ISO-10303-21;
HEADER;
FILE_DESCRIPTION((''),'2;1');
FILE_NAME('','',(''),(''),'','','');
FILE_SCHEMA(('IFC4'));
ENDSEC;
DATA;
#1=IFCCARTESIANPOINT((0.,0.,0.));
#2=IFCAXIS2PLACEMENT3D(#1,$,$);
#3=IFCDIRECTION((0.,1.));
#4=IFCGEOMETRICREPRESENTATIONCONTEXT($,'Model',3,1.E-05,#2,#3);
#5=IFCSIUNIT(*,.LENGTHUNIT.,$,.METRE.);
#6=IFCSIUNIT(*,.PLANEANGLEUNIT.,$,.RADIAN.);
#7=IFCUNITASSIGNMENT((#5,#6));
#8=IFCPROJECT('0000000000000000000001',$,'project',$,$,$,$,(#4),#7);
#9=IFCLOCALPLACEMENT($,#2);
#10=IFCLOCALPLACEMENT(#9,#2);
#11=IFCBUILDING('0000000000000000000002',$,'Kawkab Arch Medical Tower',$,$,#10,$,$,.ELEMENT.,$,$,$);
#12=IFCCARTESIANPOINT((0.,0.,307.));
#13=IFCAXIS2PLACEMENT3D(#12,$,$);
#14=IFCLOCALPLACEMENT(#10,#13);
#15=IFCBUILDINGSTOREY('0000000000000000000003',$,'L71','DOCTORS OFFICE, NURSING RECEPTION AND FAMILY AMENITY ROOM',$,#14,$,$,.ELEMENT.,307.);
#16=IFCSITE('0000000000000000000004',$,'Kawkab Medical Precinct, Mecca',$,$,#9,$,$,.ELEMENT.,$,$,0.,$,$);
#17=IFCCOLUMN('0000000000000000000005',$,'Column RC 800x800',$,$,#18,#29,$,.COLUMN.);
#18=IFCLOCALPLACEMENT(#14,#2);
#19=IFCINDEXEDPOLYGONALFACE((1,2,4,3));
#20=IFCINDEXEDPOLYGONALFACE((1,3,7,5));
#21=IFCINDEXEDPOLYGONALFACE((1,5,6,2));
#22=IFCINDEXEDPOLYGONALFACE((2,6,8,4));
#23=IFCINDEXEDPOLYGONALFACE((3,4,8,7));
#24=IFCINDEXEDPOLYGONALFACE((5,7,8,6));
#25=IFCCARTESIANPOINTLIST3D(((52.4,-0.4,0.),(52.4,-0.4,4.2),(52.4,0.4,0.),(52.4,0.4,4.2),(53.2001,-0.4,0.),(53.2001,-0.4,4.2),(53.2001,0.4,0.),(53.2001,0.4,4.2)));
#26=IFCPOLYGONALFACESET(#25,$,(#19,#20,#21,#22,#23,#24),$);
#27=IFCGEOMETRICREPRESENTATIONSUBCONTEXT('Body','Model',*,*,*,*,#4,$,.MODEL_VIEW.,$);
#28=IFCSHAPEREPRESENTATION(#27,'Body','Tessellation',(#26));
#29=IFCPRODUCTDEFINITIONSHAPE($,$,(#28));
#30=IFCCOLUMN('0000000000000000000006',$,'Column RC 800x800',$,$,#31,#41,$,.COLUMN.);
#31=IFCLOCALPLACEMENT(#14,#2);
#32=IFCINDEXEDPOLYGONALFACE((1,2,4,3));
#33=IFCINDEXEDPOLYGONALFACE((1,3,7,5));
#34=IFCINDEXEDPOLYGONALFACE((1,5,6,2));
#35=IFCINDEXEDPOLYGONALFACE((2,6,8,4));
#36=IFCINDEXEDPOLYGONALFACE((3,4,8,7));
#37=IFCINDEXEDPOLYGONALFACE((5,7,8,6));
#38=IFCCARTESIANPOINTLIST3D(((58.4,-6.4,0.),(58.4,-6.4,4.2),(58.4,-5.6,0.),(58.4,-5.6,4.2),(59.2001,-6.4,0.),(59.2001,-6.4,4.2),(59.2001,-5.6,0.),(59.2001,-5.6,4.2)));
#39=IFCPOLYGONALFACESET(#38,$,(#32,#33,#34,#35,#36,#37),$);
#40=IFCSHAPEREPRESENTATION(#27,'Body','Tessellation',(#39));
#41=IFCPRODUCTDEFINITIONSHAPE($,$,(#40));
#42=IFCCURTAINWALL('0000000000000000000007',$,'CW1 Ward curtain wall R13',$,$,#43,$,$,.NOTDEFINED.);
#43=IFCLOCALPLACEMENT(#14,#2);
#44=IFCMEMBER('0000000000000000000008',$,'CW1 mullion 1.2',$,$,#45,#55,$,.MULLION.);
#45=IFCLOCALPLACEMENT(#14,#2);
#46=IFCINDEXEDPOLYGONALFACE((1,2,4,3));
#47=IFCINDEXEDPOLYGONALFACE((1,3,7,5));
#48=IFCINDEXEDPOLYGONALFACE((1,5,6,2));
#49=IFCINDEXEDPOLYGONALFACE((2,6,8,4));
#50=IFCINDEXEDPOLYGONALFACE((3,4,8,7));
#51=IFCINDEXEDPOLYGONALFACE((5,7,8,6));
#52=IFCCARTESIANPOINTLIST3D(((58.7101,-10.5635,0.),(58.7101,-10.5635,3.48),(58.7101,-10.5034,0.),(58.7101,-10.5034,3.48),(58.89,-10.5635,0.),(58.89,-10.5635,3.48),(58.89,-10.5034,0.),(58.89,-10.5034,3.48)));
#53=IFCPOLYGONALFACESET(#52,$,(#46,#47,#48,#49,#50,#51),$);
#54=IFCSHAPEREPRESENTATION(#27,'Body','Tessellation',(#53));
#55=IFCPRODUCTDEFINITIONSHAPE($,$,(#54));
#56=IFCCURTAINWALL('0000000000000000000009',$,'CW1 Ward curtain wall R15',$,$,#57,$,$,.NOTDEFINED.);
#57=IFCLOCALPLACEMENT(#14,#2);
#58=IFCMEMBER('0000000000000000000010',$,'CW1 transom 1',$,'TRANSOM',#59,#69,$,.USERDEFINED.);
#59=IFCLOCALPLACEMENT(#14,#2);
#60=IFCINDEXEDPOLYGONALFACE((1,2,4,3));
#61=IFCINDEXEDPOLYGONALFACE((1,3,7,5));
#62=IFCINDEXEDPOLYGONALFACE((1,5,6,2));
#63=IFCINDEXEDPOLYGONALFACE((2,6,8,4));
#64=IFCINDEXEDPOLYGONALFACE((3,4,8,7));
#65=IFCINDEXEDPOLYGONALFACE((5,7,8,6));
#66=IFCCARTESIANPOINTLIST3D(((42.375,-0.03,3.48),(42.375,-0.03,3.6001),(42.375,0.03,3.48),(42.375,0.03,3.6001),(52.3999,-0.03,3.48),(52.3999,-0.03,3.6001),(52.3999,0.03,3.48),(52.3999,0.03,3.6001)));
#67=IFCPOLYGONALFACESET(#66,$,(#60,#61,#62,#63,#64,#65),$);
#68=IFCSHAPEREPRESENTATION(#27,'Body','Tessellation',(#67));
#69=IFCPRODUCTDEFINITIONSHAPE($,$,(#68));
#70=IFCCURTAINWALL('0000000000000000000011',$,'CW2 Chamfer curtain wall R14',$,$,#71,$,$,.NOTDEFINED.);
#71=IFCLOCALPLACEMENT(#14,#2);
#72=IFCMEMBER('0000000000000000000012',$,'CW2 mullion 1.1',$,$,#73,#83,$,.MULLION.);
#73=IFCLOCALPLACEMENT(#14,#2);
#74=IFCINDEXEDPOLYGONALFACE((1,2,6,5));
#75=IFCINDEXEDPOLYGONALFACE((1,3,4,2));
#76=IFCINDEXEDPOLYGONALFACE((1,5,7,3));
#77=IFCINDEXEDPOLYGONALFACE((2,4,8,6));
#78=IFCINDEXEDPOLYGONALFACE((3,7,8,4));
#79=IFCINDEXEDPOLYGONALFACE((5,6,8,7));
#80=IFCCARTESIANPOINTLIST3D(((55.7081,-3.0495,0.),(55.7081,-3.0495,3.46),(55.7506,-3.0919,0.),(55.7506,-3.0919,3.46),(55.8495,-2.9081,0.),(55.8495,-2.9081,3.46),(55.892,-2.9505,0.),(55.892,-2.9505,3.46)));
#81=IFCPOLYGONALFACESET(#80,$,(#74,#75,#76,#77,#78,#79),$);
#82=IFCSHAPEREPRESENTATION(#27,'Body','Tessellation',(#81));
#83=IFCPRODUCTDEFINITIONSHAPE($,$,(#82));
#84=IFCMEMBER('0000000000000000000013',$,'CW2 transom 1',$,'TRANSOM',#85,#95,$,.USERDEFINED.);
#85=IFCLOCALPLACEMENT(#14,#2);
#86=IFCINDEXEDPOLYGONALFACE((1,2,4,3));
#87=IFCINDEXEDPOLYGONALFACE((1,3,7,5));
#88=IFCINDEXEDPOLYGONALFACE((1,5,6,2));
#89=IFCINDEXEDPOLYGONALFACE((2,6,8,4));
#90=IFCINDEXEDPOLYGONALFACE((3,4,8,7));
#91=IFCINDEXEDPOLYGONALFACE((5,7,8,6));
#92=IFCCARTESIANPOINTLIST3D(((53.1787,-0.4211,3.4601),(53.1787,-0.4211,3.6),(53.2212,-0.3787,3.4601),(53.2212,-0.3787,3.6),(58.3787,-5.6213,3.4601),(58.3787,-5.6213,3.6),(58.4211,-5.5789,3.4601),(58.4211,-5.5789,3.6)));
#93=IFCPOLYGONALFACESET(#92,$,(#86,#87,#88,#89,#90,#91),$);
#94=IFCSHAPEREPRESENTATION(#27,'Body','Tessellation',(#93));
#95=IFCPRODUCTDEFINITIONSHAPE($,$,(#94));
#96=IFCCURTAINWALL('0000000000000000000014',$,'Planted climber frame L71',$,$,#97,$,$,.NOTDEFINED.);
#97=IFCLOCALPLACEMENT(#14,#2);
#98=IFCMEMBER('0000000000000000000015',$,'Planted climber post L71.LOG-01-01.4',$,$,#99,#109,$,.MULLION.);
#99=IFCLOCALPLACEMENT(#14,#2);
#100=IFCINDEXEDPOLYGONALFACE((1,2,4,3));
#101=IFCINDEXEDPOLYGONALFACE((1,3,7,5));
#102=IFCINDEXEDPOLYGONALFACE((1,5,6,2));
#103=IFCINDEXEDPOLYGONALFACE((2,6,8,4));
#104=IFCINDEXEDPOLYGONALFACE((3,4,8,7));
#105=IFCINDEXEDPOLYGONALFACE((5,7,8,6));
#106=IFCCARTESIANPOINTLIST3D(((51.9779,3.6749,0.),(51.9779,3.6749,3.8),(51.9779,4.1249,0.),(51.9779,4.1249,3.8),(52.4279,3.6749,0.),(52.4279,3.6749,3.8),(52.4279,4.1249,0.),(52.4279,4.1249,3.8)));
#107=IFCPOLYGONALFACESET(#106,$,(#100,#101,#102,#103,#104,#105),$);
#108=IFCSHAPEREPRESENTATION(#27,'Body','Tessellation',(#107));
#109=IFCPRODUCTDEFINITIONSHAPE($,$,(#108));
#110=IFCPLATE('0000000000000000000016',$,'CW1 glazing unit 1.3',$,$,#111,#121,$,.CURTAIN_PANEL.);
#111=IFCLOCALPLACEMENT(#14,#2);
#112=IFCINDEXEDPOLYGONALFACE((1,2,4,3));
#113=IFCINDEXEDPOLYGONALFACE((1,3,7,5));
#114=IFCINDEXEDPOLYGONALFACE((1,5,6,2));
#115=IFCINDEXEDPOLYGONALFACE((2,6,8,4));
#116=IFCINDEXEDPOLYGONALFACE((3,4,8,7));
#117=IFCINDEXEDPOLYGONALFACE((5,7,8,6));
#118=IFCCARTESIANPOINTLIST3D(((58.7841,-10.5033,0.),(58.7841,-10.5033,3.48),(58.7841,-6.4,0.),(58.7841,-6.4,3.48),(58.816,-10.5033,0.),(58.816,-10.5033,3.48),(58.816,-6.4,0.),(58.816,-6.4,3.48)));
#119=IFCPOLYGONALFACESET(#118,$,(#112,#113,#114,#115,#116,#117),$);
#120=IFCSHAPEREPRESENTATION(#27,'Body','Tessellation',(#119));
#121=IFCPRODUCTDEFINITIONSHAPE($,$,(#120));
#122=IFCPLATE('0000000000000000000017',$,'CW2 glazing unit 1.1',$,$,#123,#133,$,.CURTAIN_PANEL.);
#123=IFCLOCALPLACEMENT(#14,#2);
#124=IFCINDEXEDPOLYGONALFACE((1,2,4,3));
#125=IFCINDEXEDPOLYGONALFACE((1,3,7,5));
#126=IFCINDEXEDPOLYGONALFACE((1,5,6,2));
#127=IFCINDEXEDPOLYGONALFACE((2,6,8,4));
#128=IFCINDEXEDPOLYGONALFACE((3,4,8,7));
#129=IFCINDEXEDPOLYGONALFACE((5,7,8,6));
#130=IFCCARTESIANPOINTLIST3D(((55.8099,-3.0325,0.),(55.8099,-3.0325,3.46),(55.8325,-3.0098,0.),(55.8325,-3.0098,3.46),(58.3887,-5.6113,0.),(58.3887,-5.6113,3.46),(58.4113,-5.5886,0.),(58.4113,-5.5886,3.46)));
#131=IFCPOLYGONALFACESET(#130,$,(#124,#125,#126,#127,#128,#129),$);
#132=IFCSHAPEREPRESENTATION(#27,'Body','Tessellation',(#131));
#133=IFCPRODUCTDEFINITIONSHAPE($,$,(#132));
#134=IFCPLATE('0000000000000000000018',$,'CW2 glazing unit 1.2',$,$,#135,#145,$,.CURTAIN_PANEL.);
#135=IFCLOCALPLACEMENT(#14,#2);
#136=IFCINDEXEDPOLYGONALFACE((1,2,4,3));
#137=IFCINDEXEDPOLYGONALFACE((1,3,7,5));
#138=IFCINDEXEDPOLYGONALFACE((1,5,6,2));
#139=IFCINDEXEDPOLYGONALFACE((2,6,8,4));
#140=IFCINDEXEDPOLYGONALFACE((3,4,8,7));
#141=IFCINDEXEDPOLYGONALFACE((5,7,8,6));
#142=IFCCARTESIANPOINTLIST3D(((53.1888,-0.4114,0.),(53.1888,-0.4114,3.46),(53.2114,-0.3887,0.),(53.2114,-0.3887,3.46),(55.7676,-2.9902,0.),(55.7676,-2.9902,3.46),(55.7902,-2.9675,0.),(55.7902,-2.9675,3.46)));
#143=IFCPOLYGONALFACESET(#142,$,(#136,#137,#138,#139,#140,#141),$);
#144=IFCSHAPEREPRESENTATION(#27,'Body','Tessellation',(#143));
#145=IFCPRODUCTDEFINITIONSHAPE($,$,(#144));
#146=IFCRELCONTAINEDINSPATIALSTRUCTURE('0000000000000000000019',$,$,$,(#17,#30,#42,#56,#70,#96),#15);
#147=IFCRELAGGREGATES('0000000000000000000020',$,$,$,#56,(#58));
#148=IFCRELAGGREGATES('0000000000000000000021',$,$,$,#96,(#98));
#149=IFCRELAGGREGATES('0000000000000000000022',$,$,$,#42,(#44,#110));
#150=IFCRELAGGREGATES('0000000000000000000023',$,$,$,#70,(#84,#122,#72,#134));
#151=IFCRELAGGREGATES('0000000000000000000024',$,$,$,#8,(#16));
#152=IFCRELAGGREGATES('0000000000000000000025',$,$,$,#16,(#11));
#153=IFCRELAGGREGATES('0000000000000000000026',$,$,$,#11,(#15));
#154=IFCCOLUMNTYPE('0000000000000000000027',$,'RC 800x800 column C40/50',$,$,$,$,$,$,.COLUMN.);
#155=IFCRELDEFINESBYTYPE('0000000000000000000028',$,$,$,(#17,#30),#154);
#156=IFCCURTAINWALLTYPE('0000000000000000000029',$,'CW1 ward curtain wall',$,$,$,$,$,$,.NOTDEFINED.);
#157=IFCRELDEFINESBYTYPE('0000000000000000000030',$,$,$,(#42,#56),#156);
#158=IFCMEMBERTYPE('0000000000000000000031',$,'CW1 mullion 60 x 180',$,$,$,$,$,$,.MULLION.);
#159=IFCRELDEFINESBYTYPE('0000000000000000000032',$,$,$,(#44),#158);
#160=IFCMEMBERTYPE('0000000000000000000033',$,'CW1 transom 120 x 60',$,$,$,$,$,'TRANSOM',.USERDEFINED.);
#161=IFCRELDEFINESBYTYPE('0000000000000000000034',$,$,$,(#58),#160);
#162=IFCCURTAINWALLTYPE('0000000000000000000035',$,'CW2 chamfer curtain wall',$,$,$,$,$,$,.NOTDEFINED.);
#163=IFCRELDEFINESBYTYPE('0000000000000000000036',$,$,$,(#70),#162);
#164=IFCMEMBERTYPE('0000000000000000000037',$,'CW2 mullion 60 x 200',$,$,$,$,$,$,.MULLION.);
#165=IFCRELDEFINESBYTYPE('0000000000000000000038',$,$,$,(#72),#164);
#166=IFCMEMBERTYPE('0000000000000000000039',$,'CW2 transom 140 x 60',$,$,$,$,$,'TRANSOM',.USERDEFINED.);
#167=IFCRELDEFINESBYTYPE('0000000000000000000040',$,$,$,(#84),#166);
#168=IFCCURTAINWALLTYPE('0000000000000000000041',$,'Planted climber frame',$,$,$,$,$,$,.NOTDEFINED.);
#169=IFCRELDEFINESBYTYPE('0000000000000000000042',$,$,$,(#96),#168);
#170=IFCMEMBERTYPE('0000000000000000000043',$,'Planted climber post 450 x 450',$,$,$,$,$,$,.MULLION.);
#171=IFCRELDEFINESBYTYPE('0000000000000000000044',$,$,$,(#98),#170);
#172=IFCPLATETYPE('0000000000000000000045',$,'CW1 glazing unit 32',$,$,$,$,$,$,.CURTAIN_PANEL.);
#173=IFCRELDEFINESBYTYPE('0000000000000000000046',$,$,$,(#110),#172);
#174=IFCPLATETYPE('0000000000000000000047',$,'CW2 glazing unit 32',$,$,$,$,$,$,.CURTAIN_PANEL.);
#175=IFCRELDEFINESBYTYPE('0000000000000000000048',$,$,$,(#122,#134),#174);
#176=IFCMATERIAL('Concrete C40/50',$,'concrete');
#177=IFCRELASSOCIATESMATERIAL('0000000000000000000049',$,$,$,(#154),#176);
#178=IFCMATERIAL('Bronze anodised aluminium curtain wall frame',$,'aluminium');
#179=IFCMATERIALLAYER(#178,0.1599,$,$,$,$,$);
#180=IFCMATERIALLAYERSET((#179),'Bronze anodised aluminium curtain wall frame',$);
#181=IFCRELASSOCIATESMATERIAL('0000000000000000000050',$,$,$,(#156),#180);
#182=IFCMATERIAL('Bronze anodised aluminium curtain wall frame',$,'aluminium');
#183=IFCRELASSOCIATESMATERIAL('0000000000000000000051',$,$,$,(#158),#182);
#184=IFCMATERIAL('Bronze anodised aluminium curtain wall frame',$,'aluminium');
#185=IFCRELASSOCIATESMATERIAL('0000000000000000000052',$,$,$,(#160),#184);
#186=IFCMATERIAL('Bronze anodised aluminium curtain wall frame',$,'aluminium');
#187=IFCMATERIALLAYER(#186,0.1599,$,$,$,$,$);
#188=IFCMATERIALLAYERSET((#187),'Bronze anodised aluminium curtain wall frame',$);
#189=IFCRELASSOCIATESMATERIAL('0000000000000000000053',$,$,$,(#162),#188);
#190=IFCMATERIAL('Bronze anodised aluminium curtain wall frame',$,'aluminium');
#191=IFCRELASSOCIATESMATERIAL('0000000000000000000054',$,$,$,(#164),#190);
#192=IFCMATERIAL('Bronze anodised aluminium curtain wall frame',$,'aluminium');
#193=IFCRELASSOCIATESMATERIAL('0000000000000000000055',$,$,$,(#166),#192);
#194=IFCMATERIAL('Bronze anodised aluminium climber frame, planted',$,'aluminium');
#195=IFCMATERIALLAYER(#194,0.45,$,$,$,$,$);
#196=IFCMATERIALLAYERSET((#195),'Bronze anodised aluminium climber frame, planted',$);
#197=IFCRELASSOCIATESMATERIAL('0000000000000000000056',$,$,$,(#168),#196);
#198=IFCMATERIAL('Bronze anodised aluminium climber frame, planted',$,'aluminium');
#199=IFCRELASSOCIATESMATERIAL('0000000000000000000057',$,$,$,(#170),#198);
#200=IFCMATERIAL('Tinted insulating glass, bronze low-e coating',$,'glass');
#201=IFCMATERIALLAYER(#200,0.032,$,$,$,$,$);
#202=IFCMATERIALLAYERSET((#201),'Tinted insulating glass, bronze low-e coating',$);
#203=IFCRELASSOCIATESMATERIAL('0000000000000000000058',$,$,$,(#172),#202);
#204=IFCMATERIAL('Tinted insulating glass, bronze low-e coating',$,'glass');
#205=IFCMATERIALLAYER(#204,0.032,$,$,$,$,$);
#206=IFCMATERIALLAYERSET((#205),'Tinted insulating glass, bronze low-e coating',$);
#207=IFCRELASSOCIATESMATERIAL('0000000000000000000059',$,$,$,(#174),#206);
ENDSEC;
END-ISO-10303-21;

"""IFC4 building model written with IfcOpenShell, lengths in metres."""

from ifc_helpers import new_model, si_unit, direction, frame, origin, origin_2d, place, context, subcontext, project, spatial, rectangle, extrude, material, layer, layer_set, material_profile, profile_set, type_object, element, aggregate, save


model = new_model("IFC4")

# Units and contexts
model_context = context("Model", 3, precision=1e-05, world=origin(), true_north=direction((0.0, 1.0)))
body_context = subcontext(model_context, "Body", "Model", "MODEL_VIEW")
ifc_project = project(units=[si_unit("LENGTHUNIT", "METRE"), si_unit("PLANEANGLEUNIT", "RADIAN")], contexts=[model_context])

# Site, building, storey
site_placement = place(None, origin())
site = spatial("IfcSite", under=ifc_project, at=site_placement, Name="Kawkab Medical Precinct, Mecca", CompositionType="ELEMENT", RefElevation=0.0)
building_placement = place(site_placement, origin())
building = spatial("IfcBuilding", under=site, at=building_placement, Name="Kawkab Arch Medical Tower", CompositionType="ELEMENT")
storey_placement = place(building_placement, frame((0.0, 0.0, 307.0)))
storey = spatial("IfcBuildingStorey", under=building, at=storey_placement, Name="L71", Description="DOCTORS OFFICE, NURSING RECEPTION AND FAMILY AMENITY ROOM", CompositionType="ELEMENT", Elevation=307.0)

# Columns
ifc_material_1 = material(Name="Concrete C40/50", Category="concrete")
ifc_material_profile_1 = material_profile(ifc_material_1, rectangle(XDim=0.8, YDim=0.8, at=origin_2d()), Name="RC 800x800")
ifc_profile_set_1 = profile_set([ifc_material_profile_1], Name="Concrete C40/50")
column_type = type_object("IfcColumnType", Name="RC 800x800 column C40/50", PredefinedType="COLUMN", material=ifc_profile_set_1)
for number, where, z_axis, x_axis, name in (
    (1, (52.8, 0.0, 0.0), (0.0, 0.0, 1.0), (1.0, 0.0, 0.0), "Column RC 800x800"),
    (2, (58.8, -6.0, 0.0), (0.0, 0.0, 1.0), (1.0, 0.0, 0.0), "Column RC 800x800"),
):
    element("IfcColumn", number, at=place(storey_placement, frame(where, z_axis=z_axis, x_axis=x_axis)), inside=storey, type_object=column_type, Name=name, PredefinedType="COLUMN", context=body_context, shape_type="SweptSolid", body=[
        extrude(rectangle(XDim=0.8, YDim=0.8, at=origin_2d()), origin(), (0.0, 0.0, 1.0), 4.2),
    ])

# Curtain walls, members
ifc_material_2 = material(Name="Bronze anodised aluminium curtain wall frame", Category="aluminium")
ifc_layer_1 = layer(ifc_material_2, 0.1599)
ifc_layer_set_1 = layer_set([ifc_layer_1], Name="Bronze anodised aluminium curtain wall frame")
curtain_wall_type_1 = type_object("IfcCurtainWallType", Name="CW1 ward curtain wall", PredefinedType="NOTDEFINED", material=ifc_layer_set_1)
placement = place(storey_placement, origin())
curtain_wall_1 = element("IfcCurtainWall", 3, at=placement, inside=storey, type_object=curtain_wall_type_1, Name="CW1 Ward curtain wall R13", PredefinedType="NOTDEFINED")
ifc_material_3 = material(Name="Bronze anodised aluminium curtain wall frame", Category="aluminium")
ifc_material_profile_2 = material_profile(ifc_material_3, rectangle(XDim=0.1799, YDim=0.0601, at=origin_2d()), Name="AL 60x180")
ifc_profile_set_2 = profile_set([ifc_material_profile_2], Name="Bronze anodised aluminium curtain wall frame")
member_type_1 = type_object("IfcMemberType", Name="CW1 mullion 60 x 180", PredefinedType="MULLION", material=ifc_profile_set_2)
member_1_placement = place(storey_placement, frame((58.8, -10.5334, 0.0), z_axis=(0.0, 0.0, 1.0), x_axis=(-1.0, 0.0, 0.0)))
member_1 = element("IfcMember", 4, at=member_1_placement, type_object=member_type_1, Name="CW1 mullion 1.2", PredefinedType="MULLION", context=body_context, shape_type="SweptSolid", body=[
    extrude(rectangle(XDim=0.1799, YDim=0.0601, at=origin_2d()), origin(), (0.0, 0.0, 1.0), 3.48),
])
curtain_wall_2 = element("IfcCurtainWall", 5, at=placement, inside=storey, type_object=curtain_wall_type_1, Name="CW1 Ward curtain wall R15", PredefinedType="NOTDEFINED")
ifc_material_4 = material(Name="Bronze anodised aluminium curtain wall frame", Category="aluminium")
ifc_material_profile_3 = material_profile(ifc_material_4, rectangle(XDim=0.0601, YDim=0.1201, at=origin_2d()), Name="AL 60x120")
ifc_profile_set_3 = profile_set([ifc_material_profile_3], Name="Bronze anodised aluminium curtain wall frame")
member_type_2 = type_object("IfcMemberType", Name="CW1 transom 120 x 60", ElementType="TRANSOM", PredefinedType="USERDEFINED", material=ifc_profile_set_3)
member_2_placement = place(storey_placement, frame((52.3999, 0.0, 3.54), z_axis=(-1.0, 0.0, 0.0), x_axis=(0.0, -1.0, 0.0)))
member_2 = element("IfcMember", 6, at=member_2_placement, type_object=member_type_2, Name="CW1 transom 1", ObjectType="TRANSOM", PredefinedType="USERDEFINED", context=body_context, shape_type="SweptSolid", body=[
    extrude(rectangle(XDim=0.0601, YDim=0.1201, at=origin_2d()), origin(), (0.0, 0.0, 1.0), 10.0249),
])
aggregate(curtain_wall_2, [member_2])

# Curtain wall, members
ifc_material_5 = material(Name="Bronze anodised aluminium curtain wall frame", Category="aluminium")
ifc_layer_2 = layer(ifc_material_5, 0.1599)
ifc_layer_set_2 = layer_set([ifc_layer_2], Name="Bronze anodised aluminium curtain wall frame")
curtain_wall_type_2 = type_object("IfcCurtainWallType", Name="CW2 chamfer curtain wall", PredefinedType="NOTDEFINED", material=ifc_layer_set_2)
curtain_wall_3 = element("IfcCurtainWall", 7, at=placement, inside=storey, type_object=curtain_wall_type_2, Name="CW2 Chamfer curtain wall R14", PredefinedType="NOTDEFINED")
ifc_material_6 = material(Name="Bronze anodised aluminium curtain wall frame", Category="aluminium")
ifc_material_profile_4 = material_profile(ifc_material_6, rectangle(XDim=0.2, YDim=0.0601, at=origin_2d()), Name="AL 60x200")
ifc_profile_set_4 = profile_set([ifc_material_profile_4], Name="Bronze anodised aluminium curtain wall frame")
member_type_3 = type_object("IfcMemberType", Name="CW2 mullion 60 x 200", PredefinedType="MULLION", material=ifc_profile_set_4)
member_3_placement = place(storey_placement, frame((55.8, -3.0, 0.0), z_axis=(0.0, 0.0, 1.0), x_axis=(-0.707107, -0.707107, 0.0)))
member_3 = element("IfcMember", 8, at=member_3_placement, type_object=member_type_3, Name="CW2 mullion 1.1", PredefinedType="MULLION", context=body_context, shape_type="SweptSolid", body=[
    extrude(rectangle(XDim=0.2, YDim=0.0601, at=origin_2d()), origin(), (0.0, 0.0, 1.0), 3.46),
])
ifc_material_7 = material(Name="Bronze anodised aluminium curtain wall frame", Category="aluminium")
ifc_material_profile_5 = material_profile(ifc_material_7, rectangle(XDim=0.0601, YDim=0.1399, at=origin_2d()), Name="AL 60x140")
ifc_profile_set_5 = profile_set([ifc_material_profile_5], Name="Bronze anodised aluminium curtain wall frame")
member_type_4 = type_object("IfcMemberType", Name="CW2 transom 140 x 60", ElementType="TRANSOM", PredefinedType="USERDEFINED", material=ifc_profile_set_5)
member_4_placement = place(storey_placement, frame((58.3999, -5.6001, 3.53), z_axis=(-0.70709, 0.707123, 0.0), x_axis=(-0.707123, -0.70709, 0.0)))
member_4 = element("IfcMember", 9, at=member_4_placement, type_object=member_type_4, Name="CW2 transom 1", ObjectType="TRANSOM", PredefinedType="USERDEFINED", context=body_context, shape_type="SweptSolid", body=[
    extrude(rectangle(XDim=0.0601, YDim=0.1399, at=origin_2d()), origin(), (0.0, 0.0, 1.0), 7.354),
])

# Curtain wall, member
ifc_material_8 = material(Name="Bronze anodised aluminium climber frame, planted", Category="aluminium")
ifc_layer_3 = layer(ifc_material_8, 0.45)
ifc_layer_set_3 = layer_set([ifc_layer_3], Name="Bronze anodised aluminium climber frame, planted")
curtain_wall_type_3 = type_object("IfcCurtainWallType", Name="Planted climber frame", PredefinedType="NOTDEFINED", material=ifc_layer_set_3)
curtain_wall_4 = element("IfcCurtainWall", 10, at=placement, inside=storey, type_object=curtain_wall_type_3, Name="Planted climber frame L71", PredefinedType="NOTDEFINED")
ifc_material_9 = material(Name="Bronze anodised aluminium climber frame, planted", Category="aluminium")
ifc_material_profile_6 = material_profile(ifc_material_9, rectangle(XDim=0.45, YDim=0.45, at=origin_2d()), Name="Post 450x450")
ifc_profile_set_6 = profile_set([ifc_material_profile_6], Name="Bronze anodised aluminium climber frame, planted")
member_type_5 = type_object("IfcMemberType", Name="Planted climber post 450 x 450", PredefinedType="MULLION", material=ifc_profile_set_6)
member_5_placement = place(storey_placement, frame((52.2029, 3.8999, 0.0), z_axis=(0.0, 0.0, 1.0), x_axis=(1.0, 0.0, 0.0)))
member_5 = element("IfcMember", 11, at=member_5_placement, type_object=member_type_5, Name="Planted climber post L71.LOG-01-01.4", PredefinedType="MULLION", context=body_context, shape_type="SweptSolid", body=[
    extrude(rectangle(XDim=0.45, YDim=0.45, at=origin_2d()), origin(), (0.0, 0.0, 1.0), 3.8),
])
aggregate(curtain_wall_4, [member_5])

# Plates
ifc_material_10 = material(Name="Tinted insulating glass, bronze low-e coating", Category="glass")
ifc_layer_4 = layer(ifc_material_10, 0.032)
ifc_layer_set_4 = layer_set([ifc_layer_4], Name="Tinted insulating glass, bronze low-e coating")
plate_type_1 = type_object("IfcPlateType", Name="CW1 glazing unit 32", PredefinedType="CURTAIN_PANEL", material=ifc_layer_set_4)
plate_1_placement = place(storey_placement, frame((58.8, -8.4517, 0.0), z_axis=(0.0, 0.0, 1.0), x_axis=(0.0, 1.0, 0.0)))
plate_1 = element("IfcPlate", 12, at=plate_1_placement, type_object=plate_type_1, Name="CW1 glazing unit 1.3", PredefinedType="CURTAIN_PANEL", context=body_context, shape_type="SweptSolid", body=[
    extrude(rectangle(XDim=4.1033, YDim=0.032, at=origin_2d()), origin(), (0.0, 0.0, 1.0), 3.48),
])
aggregate(curtain_wall_1, [member_1, plate_1])
ifc_material_11 = material(Name="Tinted insulating glass, bronze low-e coating", Category="glass")
ifc_layer_5 = layer(ifc_material_11, 0.032)
ifc_layer_set_5 = layer_set([ifc_layer_5], Name="Tinted insulating glass, bronze low-e coating")
plate_type_2 = type_object("IfcPlateType", Name="CW2 glazing unit 32", PredefinedType="CURTAIN_PANEL", material=ifc_layer_set_5)
plate_2_placement = place(storey_placement, frame((57.1106, -4.3105, 0.0), z_axis=(0.0, 0.0, 1.0), x_axis=(-0.707107, 0.707107, 0.0)))
plate_2 = element("IfcPlate", 13, at=plate_2_placement, type_object=plate_type_2, Name="CW2 glazing unit 1.1", PredefinedType="CURTAIN_PANEL", context=body_context, shape_type="SweptSolid", body=[
    extrude(rectangle(XDim=3.647, YDim=0.032, at=origin_2d()), origin(), (0.0, 0.0, 1.0), 3.46),
])
plate_3_placement = place(storey_placement, frame((54.4895, -1.6895, 0.0), z_axis=(0.0, 0.0, 1.0), x_axis=(-0.707107, 0.707107, 0.0)))
plate_3 = element("IfcPlate", 14, at=plate_3_placement, type_object=plate_type_2, Name="CW2 glazing unit 1.2", PredefinedType="CURTAIN_PANEL", context=body_context, shape_type="SweptSolid", body=[
    extrude(rectangle(XDim=3.647, YDim=0.032, at=origin_2d()), origin(), (0.0, 0.0, 1.0), 3.46),
])
aggregate(curtain_wall_3, [member_4, plate_2, member_3, plate_3])

save(model, "model.ifc")
